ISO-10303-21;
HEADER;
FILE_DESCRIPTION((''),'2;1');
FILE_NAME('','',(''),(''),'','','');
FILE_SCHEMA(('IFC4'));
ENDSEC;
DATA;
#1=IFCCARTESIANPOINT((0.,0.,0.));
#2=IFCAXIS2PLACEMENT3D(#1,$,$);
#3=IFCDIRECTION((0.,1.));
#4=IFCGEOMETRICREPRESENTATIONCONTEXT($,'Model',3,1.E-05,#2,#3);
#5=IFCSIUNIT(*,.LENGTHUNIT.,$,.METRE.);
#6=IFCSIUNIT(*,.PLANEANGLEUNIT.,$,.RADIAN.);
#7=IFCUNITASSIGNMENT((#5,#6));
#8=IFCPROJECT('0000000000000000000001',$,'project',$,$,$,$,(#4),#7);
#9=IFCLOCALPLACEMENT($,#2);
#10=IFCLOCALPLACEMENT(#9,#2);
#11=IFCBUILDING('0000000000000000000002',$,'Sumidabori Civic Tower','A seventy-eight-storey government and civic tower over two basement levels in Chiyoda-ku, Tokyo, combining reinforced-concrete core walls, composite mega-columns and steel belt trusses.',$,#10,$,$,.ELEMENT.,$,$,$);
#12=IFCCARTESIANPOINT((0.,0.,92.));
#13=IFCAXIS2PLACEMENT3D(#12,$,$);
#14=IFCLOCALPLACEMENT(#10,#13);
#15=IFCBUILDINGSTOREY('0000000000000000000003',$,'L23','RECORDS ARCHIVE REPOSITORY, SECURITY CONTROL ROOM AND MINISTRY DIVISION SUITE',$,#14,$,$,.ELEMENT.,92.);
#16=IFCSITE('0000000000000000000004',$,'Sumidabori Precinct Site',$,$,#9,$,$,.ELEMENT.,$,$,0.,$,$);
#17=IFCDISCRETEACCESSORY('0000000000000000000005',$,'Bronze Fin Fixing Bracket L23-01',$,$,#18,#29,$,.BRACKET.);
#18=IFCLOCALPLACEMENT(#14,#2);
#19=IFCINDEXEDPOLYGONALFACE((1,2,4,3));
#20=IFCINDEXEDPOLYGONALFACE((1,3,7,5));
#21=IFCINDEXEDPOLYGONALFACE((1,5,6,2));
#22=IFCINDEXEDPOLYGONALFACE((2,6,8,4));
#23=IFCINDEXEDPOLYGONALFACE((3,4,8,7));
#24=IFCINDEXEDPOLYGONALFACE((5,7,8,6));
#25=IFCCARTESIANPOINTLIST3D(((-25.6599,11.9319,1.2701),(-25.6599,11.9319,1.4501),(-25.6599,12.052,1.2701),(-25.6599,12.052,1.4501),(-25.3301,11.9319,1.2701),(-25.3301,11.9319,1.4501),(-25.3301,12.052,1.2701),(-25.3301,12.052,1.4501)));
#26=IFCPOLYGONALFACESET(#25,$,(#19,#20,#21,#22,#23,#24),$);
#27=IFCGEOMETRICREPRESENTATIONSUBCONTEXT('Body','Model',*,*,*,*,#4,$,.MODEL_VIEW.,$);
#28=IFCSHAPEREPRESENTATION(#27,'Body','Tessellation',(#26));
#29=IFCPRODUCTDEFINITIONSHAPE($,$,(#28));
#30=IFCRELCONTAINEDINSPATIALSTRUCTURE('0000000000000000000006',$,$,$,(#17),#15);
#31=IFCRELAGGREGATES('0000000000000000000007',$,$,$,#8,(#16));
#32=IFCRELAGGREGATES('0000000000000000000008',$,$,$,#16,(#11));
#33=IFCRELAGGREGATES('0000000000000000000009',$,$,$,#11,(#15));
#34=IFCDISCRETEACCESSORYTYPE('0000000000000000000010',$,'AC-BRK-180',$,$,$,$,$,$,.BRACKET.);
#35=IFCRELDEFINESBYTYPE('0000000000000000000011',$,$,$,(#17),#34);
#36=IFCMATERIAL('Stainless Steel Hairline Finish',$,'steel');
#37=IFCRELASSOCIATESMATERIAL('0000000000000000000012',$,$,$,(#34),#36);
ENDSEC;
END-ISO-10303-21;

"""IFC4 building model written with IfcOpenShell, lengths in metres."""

from ifc_helpers import new_model, si_unit, direction, frame, origin, origin_2d, place, context, subcontext, project, spatial, rectangle, extrude, source, transform, mapped, material, material_profile, profile_set, type_object, element, save


model = new_model("IFC4")

# Units and contexts
model_context = context("Model", 3, precision=1e-05, world=origin(), true_north=direction((0.0, 1.0)))
body_context = subcontext(model_context, "Body", "Model", "MODEL_VIEW")
ifc_project = project(units=[si_unit("LENGTHUNIT", "METRE"), si_unit("PLANEANGLEUNIT", "RADIAN")], contexts=[model_context])

# Site, building, storey
site_placement = place(None, origin())
site = spatial("IfcSite", under=ifc_project, at=site_placement, Name="Sumidabori Precinct Site", CompositionType="ELEMENT", RefElevation=0.0)
building_placement = place(site_placement, origin())
building = spatial("IfcBuilding", under=site, at=building_placement, Name="Sumidabori Civic Tower", Description="A seventy-eight-storey government and civic tower over two basement levels in Chiyoda-ku, Tokyo, combining reinforced-concrete core walls, composite mega-columns and steel belt trusses.", CompositionType="ELEMENT")
storey_placement = place(building_placement, frame((0.0, 0.0, 92.0)))
storey = spatial("IfcBuildingStorey", under=building, at=storey_placement, Name="L23", Description="RECORDS ARCHIVE REPOSITORY, SECURITY CONTROL ROOM AND MINISTRY DIVISION SUITE", CompositionType="ELEMENT", Elevation=92.0)

# Shared definitions
ifc_material_1 = material(Name="Stainless Steel Hairline Finish", Category="steel")

# Discrete accessory
ifc_material_profile_1 = material_profile(ifc_material_1, rectangle(XDim=0.1201, YDim=0.1799, at=origin_2d()), Name="STEEL BRACKET 180x120")
ifc_profile_set_1 = profile_set([ifc_material_profile_1], Name="Stainless Steel Hairline Finish")
discrete_accessory_type = type_object("IfcDiscreteAccessoryType", Name="AC-BRK-180", PredefinedType="BRACKET", material=ifc_profile_set_1)
shared_shape_1 = source(origin(), body_context, "Body", "SweptSolid", [
    extrude(rectangle(XDim=0.1201, YDim=0.1799, at=origin_2d()), origin(), (0.0, 0.0, 1.0), 0.3298),
])
discrete_accessory_placement = place(storey_placement, frame((-25.3301, 11.9919, 1.3601), z_axis=(-1.0, 0.0, 0.0), x_axis=(0.0, -1.0, 0.0)))
element("IfcDiscreteAccessory", 1, at=discrete_accessory_placement, inside=storey, type_object=discrete_accessory_type, Name="Bronze Fin Fixing Bracket L23-01", PredefinedType="BRACKET", context=body_context, shape_type="MappedRepresentation", body=[
    mapped(shared_shape_1, transform((0.0, 0.0, 0.0), x_axis=(1.0, 0.0, 0.0), y_axis=(0.0, 1.0, 0.0), z_axis=(0.0, 0.0, 1.0), scale=1.0)),
])

save(model, "model.ifc")
